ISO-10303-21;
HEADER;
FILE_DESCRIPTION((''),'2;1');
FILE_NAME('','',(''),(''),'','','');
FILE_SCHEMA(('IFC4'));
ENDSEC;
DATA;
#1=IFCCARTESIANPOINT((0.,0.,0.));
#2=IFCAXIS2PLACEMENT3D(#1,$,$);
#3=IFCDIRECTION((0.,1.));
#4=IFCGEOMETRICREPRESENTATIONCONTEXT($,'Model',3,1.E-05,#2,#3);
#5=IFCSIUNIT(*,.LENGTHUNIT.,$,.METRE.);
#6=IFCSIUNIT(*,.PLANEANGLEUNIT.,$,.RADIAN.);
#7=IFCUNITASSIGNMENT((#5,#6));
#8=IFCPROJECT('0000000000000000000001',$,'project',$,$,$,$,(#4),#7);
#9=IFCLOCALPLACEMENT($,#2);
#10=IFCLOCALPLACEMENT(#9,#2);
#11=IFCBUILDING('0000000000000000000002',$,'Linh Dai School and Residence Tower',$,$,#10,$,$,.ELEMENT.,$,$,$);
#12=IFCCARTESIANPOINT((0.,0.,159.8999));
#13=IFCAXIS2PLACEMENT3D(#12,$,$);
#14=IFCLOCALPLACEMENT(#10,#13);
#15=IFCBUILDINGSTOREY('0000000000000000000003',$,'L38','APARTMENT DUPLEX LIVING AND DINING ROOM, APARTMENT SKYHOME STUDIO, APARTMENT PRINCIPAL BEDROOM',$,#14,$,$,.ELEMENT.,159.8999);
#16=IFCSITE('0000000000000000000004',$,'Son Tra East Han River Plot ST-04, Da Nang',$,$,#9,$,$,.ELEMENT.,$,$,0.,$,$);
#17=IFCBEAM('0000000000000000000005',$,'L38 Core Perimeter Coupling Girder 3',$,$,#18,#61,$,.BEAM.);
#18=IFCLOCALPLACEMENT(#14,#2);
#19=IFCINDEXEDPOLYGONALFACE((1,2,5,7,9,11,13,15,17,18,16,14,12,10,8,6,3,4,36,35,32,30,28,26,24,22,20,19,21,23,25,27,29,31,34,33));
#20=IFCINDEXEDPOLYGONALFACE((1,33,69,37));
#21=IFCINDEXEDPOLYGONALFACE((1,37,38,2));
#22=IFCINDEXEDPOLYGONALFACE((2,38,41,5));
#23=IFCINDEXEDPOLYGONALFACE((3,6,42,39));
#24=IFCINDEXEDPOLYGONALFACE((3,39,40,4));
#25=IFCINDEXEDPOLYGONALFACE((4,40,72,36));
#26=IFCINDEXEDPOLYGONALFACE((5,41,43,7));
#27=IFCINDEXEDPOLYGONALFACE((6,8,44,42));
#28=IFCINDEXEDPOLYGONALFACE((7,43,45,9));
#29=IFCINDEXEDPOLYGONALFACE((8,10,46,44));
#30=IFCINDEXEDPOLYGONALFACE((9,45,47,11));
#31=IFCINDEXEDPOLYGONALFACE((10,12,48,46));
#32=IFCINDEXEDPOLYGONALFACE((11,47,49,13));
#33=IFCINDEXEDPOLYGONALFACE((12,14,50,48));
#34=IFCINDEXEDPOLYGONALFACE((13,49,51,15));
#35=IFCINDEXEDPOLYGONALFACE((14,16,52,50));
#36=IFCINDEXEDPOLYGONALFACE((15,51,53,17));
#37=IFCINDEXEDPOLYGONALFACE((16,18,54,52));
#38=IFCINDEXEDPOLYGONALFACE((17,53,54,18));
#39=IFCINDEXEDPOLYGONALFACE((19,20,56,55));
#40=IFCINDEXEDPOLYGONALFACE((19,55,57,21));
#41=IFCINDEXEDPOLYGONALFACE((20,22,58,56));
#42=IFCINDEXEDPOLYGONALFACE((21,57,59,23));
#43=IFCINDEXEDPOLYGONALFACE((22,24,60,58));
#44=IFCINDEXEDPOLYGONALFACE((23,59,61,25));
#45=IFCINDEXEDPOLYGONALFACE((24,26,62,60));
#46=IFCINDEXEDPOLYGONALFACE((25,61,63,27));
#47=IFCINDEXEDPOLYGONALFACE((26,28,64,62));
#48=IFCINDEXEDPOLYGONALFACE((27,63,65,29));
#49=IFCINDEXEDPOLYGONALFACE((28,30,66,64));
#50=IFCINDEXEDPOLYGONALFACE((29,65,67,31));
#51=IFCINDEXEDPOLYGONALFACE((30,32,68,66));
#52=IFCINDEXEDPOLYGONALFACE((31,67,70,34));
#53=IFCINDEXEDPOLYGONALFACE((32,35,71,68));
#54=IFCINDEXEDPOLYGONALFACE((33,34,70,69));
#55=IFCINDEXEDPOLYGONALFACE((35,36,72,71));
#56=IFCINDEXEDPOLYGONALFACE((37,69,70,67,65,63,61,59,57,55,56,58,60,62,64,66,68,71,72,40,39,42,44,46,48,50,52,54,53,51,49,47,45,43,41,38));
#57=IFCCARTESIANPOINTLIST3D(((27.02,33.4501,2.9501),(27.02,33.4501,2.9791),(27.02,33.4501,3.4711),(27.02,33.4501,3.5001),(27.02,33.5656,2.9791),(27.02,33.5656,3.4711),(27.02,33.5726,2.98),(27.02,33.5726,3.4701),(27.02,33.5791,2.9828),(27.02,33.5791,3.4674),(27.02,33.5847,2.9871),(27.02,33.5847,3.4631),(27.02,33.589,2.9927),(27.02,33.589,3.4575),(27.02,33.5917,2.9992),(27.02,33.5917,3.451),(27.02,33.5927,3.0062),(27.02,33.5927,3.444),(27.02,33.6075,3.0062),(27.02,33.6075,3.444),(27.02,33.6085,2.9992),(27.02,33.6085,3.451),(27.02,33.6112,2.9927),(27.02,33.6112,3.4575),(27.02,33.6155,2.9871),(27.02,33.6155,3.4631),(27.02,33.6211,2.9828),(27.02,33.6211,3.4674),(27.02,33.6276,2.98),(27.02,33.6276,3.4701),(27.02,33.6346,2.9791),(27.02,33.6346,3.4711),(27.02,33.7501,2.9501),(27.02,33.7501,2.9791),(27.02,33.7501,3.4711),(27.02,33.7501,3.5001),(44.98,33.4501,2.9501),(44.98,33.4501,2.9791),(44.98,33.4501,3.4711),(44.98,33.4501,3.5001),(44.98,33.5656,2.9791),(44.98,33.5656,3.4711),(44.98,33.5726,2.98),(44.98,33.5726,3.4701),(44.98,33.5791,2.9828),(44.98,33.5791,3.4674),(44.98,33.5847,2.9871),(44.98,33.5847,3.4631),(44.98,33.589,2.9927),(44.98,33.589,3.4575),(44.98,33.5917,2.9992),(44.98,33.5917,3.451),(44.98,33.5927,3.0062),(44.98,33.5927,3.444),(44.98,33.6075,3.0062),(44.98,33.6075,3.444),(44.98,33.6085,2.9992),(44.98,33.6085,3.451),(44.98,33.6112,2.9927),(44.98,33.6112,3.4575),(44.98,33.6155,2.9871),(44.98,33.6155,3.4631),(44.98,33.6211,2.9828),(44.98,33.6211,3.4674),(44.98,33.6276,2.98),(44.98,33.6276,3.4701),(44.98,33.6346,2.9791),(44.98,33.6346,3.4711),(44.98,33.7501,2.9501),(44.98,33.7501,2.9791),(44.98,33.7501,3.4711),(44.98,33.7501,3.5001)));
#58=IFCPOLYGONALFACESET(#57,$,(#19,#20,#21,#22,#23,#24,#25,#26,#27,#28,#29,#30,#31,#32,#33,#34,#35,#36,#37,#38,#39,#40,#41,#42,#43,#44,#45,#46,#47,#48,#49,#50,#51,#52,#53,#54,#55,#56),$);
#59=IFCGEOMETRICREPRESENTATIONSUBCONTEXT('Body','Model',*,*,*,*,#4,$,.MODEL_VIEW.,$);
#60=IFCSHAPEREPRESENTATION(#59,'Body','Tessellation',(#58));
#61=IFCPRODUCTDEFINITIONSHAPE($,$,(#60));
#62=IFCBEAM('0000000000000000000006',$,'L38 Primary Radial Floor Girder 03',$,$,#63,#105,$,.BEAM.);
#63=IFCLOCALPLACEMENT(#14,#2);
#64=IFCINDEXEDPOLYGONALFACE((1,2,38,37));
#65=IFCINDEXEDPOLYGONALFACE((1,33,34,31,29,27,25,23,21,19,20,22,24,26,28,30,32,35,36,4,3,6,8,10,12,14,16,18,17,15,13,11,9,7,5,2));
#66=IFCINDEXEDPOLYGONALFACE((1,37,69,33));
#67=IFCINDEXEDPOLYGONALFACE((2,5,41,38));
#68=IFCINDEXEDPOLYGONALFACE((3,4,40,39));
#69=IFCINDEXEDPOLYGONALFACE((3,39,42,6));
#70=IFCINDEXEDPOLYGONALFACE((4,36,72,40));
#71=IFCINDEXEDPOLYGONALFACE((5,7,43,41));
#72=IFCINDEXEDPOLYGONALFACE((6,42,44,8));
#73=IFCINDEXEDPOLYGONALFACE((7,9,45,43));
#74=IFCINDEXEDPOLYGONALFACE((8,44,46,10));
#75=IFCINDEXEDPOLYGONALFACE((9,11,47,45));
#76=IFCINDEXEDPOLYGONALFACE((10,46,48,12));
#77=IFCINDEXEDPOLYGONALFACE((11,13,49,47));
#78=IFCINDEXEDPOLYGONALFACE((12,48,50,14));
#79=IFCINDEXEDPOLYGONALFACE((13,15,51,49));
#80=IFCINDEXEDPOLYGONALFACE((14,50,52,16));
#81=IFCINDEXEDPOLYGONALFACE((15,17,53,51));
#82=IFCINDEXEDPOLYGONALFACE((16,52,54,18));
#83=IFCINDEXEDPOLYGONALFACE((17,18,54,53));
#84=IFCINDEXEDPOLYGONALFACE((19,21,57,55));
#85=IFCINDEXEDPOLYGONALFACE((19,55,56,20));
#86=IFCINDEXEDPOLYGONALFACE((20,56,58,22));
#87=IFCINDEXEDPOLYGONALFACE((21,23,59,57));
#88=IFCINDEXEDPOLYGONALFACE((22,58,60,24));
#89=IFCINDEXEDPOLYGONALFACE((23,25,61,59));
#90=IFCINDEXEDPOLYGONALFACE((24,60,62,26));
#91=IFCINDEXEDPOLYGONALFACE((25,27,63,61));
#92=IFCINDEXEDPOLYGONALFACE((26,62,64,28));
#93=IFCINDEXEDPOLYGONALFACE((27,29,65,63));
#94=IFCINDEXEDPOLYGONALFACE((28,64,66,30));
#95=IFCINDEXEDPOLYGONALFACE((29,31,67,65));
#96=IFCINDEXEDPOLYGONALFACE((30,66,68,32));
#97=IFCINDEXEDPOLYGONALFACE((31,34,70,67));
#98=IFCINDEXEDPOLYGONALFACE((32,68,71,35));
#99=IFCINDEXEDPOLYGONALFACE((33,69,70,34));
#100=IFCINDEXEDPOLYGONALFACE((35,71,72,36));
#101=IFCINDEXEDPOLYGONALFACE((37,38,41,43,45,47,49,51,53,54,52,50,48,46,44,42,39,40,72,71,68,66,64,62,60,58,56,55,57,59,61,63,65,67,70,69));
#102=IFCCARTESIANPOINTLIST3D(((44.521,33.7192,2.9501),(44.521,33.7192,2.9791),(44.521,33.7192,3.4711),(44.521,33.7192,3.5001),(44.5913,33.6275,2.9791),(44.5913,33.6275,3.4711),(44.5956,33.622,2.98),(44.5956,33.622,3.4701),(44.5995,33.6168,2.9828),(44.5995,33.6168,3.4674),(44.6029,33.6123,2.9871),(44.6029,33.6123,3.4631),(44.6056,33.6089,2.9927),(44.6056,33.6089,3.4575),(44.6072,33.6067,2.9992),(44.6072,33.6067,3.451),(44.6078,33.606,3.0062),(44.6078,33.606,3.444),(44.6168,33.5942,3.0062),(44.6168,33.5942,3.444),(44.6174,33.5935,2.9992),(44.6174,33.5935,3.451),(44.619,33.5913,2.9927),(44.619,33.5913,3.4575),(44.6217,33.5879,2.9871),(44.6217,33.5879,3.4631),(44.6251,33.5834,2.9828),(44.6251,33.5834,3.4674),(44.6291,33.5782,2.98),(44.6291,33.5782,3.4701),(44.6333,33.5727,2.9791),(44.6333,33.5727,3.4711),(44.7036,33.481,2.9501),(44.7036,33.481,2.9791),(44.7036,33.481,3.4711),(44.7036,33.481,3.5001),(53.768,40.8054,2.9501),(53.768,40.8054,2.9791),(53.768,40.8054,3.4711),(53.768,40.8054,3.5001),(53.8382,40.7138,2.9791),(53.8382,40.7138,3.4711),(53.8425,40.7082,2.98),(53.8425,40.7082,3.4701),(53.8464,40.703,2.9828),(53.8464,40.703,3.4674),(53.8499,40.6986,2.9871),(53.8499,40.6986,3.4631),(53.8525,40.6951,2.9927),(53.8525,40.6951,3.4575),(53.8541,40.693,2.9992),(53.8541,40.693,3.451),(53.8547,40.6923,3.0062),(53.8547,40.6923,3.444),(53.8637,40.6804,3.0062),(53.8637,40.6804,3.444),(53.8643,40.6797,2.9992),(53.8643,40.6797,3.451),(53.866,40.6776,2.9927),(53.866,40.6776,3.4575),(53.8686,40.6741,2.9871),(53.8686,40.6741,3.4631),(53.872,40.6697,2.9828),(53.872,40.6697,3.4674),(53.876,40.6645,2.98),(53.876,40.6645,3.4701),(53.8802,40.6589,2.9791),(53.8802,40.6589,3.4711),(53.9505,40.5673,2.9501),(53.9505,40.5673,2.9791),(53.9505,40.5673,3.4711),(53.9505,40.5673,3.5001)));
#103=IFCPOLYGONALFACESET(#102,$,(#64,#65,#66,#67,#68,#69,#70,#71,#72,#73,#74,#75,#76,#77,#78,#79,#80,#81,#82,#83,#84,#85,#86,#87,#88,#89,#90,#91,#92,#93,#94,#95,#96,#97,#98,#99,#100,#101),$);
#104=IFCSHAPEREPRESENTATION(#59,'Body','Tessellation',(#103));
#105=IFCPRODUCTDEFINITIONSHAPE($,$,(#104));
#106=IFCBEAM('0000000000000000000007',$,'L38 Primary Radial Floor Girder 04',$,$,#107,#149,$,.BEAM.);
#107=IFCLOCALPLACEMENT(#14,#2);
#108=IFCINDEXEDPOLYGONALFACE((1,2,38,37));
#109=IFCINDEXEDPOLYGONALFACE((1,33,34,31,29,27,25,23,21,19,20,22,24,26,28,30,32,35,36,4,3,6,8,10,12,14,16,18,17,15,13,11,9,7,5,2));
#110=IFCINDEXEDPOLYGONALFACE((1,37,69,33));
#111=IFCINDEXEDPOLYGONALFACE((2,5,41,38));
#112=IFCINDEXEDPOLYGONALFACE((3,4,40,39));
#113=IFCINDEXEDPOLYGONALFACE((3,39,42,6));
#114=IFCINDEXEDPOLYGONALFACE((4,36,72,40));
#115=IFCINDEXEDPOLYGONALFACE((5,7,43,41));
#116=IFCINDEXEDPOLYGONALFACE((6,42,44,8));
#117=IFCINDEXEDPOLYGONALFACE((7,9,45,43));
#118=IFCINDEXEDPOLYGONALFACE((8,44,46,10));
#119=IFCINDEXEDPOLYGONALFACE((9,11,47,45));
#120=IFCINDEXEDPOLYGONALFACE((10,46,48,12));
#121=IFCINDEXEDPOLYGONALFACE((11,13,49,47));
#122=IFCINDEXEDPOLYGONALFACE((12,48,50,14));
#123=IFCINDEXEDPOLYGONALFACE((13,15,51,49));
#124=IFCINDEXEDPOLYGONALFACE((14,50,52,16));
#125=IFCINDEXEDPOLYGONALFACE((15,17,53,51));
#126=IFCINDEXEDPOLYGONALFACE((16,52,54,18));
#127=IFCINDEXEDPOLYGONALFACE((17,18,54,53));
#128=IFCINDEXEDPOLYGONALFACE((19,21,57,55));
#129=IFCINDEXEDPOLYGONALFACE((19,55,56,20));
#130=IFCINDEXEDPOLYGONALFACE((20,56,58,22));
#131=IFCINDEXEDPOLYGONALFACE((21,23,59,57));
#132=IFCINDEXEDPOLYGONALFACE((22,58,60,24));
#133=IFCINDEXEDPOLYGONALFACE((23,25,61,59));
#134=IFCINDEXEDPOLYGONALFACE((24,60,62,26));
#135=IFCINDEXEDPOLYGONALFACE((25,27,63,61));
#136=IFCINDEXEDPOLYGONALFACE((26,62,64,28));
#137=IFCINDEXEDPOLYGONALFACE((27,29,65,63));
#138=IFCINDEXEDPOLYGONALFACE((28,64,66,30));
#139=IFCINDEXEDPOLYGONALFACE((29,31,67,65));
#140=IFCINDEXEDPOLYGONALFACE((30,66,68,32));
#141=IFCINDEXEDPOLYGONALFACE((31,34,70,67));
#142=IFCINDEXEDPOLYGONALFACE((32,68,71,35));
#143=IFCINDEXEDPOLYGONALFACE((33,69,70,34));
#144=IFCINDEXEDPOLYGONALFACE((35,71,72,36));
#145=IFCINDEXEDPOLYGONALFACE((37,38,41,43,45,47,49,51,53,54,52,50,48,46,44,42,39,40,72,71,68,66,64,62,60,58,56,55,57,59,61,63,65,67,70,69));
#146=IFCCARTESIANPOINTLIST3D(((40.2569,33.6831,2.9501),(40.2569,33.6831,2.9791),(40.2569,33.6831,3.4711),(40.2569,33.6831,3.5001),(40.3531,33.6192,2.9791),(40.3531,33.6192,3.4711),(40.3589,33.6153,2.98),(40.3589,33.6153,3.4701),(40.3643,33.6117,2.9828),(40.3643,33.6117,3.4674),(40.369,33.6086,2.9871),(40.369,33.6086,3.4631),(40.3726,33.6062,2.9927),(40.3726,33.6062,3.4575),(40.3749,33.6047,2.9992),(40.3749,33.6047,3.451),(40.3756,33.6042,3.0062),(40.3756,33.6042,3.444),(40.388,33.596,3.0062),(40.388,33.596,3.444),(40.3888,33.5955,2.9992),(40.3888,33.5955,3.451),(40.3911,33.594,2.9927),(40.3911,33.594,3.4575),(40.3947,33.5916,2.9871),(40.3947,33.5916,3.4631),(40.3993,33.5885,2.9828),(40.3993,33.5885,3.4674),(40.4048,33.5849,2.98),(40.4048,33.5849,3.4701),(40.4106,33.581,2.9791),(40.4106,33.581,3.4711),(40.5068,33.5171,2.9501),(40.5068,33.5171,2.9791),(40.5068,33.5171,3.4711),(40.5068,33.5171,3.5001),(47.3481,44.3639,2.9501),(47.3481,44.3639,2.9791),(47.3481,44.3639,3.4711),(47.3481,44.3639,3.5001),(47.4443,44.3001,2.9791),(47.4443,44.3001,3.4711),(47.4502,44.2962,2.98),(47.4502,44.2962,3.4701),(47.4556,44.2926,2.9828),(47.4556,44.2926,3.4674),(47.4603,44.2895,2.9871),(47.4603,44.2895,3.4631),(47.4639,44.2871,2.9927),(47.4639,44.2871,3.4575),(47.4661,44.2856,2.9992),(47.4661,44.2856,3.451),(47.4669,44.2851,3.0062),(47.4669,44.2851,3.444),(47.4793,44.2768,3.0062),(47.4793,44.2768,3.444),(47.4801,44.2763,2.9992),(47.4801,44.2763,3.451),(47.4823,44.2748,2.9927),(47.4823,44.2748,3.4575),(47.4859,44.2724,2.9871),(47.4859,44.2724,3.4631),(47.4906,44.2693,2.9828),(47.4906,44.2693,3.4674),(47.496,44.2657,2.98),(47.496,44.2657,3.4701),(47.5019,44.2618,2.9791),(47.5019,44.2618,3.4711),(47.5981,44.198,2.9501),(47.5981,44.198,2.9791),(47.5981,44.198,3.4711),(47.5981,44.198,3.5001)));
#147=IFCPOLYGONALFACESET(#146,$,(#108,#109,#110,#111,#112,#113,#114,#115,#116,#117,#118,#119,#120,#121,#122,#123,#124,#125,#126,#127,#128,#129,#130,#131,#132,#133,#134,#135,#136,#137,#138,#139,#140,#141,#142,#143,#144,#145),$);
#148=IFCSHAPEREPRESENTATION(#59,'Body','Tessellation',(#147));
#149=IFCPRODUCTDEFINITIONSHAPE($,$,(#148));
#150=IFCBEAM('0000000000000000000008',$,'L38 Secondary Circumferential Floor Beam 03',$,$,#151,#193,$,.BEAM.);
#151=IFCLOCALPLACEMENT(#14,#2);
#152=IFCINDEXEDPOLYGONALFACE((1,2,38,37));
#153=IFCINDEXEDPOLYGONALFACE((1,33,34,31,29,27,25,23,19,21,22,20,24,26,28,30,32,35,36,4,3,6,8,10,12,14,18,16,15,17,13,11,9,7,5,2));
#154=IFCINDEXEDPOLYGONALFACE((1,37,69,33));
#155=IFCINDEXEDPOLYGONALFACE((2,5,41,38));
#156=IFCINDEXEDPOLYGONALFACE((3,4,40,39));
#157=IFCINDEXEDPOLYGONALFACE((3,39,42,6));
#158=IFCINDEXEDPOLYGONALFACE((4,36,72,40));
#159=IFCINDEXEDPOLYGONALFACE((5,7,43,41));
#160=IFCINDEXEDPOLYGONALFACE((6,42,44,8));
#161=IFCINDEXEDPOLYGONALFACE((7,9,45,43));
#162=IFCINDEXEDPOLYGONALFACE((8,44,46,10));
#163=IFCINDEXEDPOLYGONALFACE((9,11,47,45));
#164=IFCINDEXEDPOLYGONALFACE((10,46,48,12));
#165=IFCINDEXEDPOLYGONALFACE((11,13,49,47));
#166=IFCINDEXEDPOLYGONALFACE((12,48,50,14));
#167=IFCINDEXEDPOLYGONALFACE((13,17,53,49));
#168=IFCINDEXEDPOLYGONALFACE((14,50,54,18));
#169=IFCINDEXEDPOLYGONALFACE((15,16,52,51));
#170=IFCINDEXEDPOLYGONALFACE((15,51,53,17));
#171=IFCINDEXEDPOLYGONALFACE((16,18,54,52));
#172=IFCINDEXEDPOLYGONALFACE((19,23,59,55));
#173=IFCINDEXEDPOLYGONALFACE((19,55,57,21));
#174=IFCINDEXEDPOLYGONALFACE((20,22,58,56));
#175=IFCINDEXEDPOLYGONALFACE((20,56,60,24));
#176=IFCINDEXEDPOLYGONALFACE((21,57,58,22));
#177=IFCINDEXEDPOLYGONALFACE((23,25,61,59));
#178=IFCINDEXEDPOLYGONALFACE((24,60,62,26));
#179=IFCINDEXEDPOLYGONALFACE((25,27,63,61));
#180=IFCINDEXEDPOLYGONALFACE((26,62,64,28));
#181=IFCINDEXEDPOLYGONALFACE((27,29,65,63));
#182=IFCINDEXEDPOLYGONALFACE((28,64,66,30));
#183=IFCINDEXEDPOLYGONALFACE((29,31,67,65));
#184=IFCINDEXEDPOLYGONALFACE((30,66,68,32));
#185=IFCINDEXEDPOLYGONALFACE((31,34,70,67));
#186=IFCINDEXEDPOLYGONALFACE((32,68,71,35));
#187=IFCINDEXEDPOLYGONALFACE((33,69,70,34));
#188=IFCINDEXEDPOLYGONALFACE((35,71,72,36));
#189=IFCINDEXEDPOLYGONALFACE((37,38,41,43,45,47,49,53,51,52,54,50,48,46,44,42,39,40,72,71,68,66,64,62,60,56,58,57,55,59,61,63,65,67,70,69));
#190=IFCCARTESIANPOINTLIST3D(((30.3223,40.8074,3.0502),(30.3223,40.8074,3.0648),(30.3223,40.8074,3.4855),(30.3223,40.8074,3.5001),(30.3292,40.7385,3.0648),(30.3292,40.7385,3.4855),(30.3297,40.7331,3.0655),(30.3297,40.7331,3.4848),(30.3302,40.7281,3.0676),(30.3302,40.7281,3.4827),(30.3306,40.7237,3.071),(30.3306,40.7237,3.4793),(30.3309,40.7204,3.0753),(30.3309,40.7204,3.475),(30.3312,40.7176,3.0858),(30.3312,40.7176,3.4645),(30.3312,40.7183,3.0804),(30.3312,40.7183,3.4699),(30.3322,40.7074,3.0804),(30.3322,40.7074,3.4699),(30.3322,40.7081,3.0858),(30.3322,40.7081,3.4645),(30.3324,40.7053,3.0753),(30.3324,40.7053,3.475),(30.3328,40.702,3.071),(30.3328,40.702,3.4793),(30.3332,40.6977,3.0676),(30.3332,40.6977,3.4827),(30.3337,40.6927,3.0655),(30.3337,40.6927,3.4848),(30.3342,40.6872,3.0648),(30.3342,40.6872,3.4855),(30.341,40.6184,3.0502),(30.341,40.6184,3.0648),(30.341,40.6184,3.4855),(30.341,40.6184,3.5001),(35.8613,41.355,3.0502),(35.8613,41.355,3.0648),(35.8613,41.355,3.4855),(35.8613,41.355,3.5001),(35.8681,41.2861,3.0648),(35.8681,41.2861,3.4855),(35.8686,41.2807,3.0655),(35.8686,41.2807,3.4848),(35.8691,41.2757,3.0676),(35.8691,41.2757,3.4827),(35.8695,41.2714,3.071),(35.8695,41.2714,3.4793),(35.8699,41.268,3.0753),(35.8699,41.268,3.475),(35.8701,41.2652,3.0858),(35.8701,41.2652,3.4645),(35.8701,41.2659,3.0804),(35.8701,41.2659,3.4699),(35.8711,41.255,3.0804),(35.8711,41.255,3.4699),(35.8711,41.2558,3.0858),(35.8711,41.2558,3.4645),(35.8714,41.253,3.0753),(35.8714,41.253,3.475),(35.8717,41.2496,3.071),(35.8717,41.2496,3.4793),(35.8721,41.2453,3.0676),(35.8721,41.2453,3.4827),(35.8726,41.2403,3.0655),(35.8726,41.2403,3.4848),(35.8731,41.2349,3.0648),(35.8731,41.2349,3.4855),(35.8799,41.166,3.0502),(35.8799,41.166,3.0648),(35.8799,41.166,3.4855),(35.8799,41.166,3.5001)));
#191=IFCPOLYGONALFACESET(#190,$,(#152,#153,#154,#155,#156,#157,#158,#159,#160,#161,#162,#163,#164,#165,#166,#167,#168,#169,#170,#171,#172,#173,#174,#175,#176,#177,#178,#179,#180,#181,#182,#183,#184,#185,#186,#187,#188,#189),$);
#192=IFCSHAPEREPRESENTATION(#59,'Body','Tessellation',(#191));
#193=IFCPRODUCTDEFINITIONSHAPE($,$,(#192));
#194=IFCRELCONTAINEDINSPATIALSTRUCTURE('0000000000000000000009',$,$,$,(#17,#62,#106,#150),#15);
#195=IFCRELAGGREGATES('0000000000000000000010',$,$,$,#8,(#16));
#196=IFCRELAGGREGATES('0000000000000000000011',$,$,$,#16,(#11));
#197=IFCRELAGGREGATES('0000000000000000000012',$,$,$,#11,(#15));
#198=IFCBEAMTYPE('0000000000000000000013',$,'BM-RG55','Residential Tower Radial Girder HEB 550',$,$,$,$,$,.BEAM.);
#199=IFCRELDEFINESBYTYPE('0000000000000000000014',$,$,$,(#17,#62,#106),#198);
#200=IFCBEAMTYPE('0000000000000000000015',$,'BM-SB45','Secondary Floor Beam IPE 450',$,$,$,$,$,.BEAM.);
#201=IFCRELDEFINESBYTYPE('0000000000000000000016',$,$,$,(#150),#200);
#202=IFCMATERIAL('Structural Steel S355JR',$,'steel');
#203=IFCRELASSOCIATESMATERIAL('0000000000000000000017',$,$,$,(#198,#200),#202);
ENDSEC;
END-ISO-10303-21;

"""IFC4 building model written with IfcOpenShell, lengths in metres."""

from ifc_helpers import new_model, si_unit, direction, frame, origin, origin_2d, place, context, subcontext, project, spatial, i_section, extrude, material, material_profile, profile_set, type_object, element, save


model = new_model("IFC4")

# Units and contexts
model_context = context("Model", 3, precision=1e-05, world=origin(), true_north=direction((0.0, 1.0)))
body_context = subcontext(model_context, "Body", "Model", "MODEL_VIEW")
ifc_project = project(units=[si_unit("LENGTHUNIT", "METRE"), si_unit("PLANEANGLEUNIT", "RADIAN")], contexts=[model_context])

# Site, building, storey
site_placement = place(None, origin())
site = spatial("IfcSite", under=ifc_project, at=site_placement, Name="Son Tra East Han River Plot ST-04, Da Nang", CompositionType="ELEMENT", RefElevation=0.0)
building_placement = place(site_placement, origin())
building = spatial("IfcBuilding", under=site, at=building_placement, Name="Linh Dai School and Residence Tower", CompositionType="ELEMENT")
storey_placement = place(building_placement, frame((0.0, 0.0, 159.8999)))
storey = spatial("IfcBuildingStorey", under=building, at=storey_placement, Name="L38", Description="APARTMENT DUPLEX LIVING AND DINING ROOM, APARTMENT SKYHOME STUDIO, APARTMENT PRINCIPAL BEDROOM", CompositionType="ELEMENT", Elevation=159.8999)

# Shared definitions
ifc_material_1 = material(Name="Structural Steel S355JR", Category="steel")

# Beams
ifc_material_profile_1 = material_profile(ifc_material_1, i_section(OverallWidth=0.3, OverallDepth=0.55, WebThickness=0.0149, FlangeThickness=0.0291, FilletRadius=0.0271, at=origin_2d()), Name="HEB 550")
ifc_profile_set_1 = profile_set([ifc_material_profile_1], Name="Structural Steel S355JR")
beam_type_1 = type_object("IfcBeamType", Name="BM-RG55", Description="Residential Tower Radial Girder HEB 550", PredefinedType="BEAM", material=ifc_profile_set_1)
beam_1_placement = place(storey_placement, frame((44.98, 33.6001, 3.2251), z_axis=(-1.0, 0.0, 0.0), x_axis=(0.0, -1.0, 0.0)))
element("IfcBeam", 1, at=beam_1_placement, inside=storey, type_object=beam_type_1, Name="L38 Core Perimeter Coupling Girder 3", PredefinedType="BEAM", context=body_context, shape_type="SweptSolid", body=[
    extrude(i_section(OverallWidth=0.3, OverallDepth=0.55, WebThickness=0.0149, FlangeThickness=0.0291, FilletRadius=0.0271, at=origin_2d()), origin(), (0.0, 0.0, 1.0), 17.96),
])
beam_2_placement = place(storey_placement, frame((44.6123, 33.6001, 3.2251), z_axis=(0.793733, 0.608267, 0.0), x_axis=(-0.608267, 0.793733, 0.0)))
element("IfcBeam", 2, at=beam_2_placement, inside=storey, type_object=beam_type_1, Name="L38 Primary Radial Floor Girder 03", PredefinedType="BEAM", context=body_context, shape_type="SweptSolid", body=[
    extrude(i_section(OverallWidth=0.3, OverallDepth=0.55, WebThickness=0.0149, FlangeThickness=0.0291, FilletRadius=0.0271, at=origin_2d()), origin(), (0.0, 0.0, 1.0), 11.6499),
])
beam_3_placement = place(storey_placement, frame((40.3818, 33.6001, 3.2251), z_axis=(0.553117, 0.833103, 0.0), x_axis=(-0.833103, 0.553117, 0.0)))
element("IfcBeam", 3, at=beam_3_placement, inside=storey, type_object=beam_type_1, Name="L38 Primary Radial Floor Girder 04", PredefinedType="BEAM", context=body_context, shape_type="SweptSolid", body=[
    extrude(i_section(OverallWidth=0.3, OverallDepth=0.55, WebThickness=0.0149, FlangeThickness=0.0291, FilletRadius=0.0271, at=origin_2d()), origin(), (0.0, 0.0, 1.0), 12.8206),
])
ifc_material_profile_2 = material_profile(ifc_material_1, i_section(OverallWidth=0.1899, OverallDepth=0.45, WebThickness=0.0095, FlangeThickness=0.0146, FilletRadius=0.021, at=origin_2d()), Name="IPE 450")
ifc_profile_set_2 = profile_set([ifc_material_profile_2], Name="Structural Steel S355JR")
beam_type_2 = type_object("IfcBeamType", Name="BM-SB45", Description="Secondary Floor Beam IPE 450", PredefinedType="BEAM", material=ifc_profile_set_2)
beam_4_placement = place(storey_placement, frame((35.8706, 41.2605, 3.2751), z_axis=(-0.995148, -0.098388, 0.0), x_axis=(0.098388, -0.995148, 0.0)))
element("IfcBeam", 4, at=beam_4_placement, inside=storey, type_object=beam_type_2, Name="L38 Secondary Circumferential Floor Beam 03", PredefinedType="BEAM", context=body_context, shape_type="SweptSolid", body=[
    extrude(i_section(OverallWidth=0.1899, OverallDepth=0.45, WebThickness=0.0095, FlangeThickness=0.0146, FilletRadius=0.021, at=origin_2d()), origin(), (0.0, 0.0, 1.0), 5.5659),
])

save(model, "model.ifc")
